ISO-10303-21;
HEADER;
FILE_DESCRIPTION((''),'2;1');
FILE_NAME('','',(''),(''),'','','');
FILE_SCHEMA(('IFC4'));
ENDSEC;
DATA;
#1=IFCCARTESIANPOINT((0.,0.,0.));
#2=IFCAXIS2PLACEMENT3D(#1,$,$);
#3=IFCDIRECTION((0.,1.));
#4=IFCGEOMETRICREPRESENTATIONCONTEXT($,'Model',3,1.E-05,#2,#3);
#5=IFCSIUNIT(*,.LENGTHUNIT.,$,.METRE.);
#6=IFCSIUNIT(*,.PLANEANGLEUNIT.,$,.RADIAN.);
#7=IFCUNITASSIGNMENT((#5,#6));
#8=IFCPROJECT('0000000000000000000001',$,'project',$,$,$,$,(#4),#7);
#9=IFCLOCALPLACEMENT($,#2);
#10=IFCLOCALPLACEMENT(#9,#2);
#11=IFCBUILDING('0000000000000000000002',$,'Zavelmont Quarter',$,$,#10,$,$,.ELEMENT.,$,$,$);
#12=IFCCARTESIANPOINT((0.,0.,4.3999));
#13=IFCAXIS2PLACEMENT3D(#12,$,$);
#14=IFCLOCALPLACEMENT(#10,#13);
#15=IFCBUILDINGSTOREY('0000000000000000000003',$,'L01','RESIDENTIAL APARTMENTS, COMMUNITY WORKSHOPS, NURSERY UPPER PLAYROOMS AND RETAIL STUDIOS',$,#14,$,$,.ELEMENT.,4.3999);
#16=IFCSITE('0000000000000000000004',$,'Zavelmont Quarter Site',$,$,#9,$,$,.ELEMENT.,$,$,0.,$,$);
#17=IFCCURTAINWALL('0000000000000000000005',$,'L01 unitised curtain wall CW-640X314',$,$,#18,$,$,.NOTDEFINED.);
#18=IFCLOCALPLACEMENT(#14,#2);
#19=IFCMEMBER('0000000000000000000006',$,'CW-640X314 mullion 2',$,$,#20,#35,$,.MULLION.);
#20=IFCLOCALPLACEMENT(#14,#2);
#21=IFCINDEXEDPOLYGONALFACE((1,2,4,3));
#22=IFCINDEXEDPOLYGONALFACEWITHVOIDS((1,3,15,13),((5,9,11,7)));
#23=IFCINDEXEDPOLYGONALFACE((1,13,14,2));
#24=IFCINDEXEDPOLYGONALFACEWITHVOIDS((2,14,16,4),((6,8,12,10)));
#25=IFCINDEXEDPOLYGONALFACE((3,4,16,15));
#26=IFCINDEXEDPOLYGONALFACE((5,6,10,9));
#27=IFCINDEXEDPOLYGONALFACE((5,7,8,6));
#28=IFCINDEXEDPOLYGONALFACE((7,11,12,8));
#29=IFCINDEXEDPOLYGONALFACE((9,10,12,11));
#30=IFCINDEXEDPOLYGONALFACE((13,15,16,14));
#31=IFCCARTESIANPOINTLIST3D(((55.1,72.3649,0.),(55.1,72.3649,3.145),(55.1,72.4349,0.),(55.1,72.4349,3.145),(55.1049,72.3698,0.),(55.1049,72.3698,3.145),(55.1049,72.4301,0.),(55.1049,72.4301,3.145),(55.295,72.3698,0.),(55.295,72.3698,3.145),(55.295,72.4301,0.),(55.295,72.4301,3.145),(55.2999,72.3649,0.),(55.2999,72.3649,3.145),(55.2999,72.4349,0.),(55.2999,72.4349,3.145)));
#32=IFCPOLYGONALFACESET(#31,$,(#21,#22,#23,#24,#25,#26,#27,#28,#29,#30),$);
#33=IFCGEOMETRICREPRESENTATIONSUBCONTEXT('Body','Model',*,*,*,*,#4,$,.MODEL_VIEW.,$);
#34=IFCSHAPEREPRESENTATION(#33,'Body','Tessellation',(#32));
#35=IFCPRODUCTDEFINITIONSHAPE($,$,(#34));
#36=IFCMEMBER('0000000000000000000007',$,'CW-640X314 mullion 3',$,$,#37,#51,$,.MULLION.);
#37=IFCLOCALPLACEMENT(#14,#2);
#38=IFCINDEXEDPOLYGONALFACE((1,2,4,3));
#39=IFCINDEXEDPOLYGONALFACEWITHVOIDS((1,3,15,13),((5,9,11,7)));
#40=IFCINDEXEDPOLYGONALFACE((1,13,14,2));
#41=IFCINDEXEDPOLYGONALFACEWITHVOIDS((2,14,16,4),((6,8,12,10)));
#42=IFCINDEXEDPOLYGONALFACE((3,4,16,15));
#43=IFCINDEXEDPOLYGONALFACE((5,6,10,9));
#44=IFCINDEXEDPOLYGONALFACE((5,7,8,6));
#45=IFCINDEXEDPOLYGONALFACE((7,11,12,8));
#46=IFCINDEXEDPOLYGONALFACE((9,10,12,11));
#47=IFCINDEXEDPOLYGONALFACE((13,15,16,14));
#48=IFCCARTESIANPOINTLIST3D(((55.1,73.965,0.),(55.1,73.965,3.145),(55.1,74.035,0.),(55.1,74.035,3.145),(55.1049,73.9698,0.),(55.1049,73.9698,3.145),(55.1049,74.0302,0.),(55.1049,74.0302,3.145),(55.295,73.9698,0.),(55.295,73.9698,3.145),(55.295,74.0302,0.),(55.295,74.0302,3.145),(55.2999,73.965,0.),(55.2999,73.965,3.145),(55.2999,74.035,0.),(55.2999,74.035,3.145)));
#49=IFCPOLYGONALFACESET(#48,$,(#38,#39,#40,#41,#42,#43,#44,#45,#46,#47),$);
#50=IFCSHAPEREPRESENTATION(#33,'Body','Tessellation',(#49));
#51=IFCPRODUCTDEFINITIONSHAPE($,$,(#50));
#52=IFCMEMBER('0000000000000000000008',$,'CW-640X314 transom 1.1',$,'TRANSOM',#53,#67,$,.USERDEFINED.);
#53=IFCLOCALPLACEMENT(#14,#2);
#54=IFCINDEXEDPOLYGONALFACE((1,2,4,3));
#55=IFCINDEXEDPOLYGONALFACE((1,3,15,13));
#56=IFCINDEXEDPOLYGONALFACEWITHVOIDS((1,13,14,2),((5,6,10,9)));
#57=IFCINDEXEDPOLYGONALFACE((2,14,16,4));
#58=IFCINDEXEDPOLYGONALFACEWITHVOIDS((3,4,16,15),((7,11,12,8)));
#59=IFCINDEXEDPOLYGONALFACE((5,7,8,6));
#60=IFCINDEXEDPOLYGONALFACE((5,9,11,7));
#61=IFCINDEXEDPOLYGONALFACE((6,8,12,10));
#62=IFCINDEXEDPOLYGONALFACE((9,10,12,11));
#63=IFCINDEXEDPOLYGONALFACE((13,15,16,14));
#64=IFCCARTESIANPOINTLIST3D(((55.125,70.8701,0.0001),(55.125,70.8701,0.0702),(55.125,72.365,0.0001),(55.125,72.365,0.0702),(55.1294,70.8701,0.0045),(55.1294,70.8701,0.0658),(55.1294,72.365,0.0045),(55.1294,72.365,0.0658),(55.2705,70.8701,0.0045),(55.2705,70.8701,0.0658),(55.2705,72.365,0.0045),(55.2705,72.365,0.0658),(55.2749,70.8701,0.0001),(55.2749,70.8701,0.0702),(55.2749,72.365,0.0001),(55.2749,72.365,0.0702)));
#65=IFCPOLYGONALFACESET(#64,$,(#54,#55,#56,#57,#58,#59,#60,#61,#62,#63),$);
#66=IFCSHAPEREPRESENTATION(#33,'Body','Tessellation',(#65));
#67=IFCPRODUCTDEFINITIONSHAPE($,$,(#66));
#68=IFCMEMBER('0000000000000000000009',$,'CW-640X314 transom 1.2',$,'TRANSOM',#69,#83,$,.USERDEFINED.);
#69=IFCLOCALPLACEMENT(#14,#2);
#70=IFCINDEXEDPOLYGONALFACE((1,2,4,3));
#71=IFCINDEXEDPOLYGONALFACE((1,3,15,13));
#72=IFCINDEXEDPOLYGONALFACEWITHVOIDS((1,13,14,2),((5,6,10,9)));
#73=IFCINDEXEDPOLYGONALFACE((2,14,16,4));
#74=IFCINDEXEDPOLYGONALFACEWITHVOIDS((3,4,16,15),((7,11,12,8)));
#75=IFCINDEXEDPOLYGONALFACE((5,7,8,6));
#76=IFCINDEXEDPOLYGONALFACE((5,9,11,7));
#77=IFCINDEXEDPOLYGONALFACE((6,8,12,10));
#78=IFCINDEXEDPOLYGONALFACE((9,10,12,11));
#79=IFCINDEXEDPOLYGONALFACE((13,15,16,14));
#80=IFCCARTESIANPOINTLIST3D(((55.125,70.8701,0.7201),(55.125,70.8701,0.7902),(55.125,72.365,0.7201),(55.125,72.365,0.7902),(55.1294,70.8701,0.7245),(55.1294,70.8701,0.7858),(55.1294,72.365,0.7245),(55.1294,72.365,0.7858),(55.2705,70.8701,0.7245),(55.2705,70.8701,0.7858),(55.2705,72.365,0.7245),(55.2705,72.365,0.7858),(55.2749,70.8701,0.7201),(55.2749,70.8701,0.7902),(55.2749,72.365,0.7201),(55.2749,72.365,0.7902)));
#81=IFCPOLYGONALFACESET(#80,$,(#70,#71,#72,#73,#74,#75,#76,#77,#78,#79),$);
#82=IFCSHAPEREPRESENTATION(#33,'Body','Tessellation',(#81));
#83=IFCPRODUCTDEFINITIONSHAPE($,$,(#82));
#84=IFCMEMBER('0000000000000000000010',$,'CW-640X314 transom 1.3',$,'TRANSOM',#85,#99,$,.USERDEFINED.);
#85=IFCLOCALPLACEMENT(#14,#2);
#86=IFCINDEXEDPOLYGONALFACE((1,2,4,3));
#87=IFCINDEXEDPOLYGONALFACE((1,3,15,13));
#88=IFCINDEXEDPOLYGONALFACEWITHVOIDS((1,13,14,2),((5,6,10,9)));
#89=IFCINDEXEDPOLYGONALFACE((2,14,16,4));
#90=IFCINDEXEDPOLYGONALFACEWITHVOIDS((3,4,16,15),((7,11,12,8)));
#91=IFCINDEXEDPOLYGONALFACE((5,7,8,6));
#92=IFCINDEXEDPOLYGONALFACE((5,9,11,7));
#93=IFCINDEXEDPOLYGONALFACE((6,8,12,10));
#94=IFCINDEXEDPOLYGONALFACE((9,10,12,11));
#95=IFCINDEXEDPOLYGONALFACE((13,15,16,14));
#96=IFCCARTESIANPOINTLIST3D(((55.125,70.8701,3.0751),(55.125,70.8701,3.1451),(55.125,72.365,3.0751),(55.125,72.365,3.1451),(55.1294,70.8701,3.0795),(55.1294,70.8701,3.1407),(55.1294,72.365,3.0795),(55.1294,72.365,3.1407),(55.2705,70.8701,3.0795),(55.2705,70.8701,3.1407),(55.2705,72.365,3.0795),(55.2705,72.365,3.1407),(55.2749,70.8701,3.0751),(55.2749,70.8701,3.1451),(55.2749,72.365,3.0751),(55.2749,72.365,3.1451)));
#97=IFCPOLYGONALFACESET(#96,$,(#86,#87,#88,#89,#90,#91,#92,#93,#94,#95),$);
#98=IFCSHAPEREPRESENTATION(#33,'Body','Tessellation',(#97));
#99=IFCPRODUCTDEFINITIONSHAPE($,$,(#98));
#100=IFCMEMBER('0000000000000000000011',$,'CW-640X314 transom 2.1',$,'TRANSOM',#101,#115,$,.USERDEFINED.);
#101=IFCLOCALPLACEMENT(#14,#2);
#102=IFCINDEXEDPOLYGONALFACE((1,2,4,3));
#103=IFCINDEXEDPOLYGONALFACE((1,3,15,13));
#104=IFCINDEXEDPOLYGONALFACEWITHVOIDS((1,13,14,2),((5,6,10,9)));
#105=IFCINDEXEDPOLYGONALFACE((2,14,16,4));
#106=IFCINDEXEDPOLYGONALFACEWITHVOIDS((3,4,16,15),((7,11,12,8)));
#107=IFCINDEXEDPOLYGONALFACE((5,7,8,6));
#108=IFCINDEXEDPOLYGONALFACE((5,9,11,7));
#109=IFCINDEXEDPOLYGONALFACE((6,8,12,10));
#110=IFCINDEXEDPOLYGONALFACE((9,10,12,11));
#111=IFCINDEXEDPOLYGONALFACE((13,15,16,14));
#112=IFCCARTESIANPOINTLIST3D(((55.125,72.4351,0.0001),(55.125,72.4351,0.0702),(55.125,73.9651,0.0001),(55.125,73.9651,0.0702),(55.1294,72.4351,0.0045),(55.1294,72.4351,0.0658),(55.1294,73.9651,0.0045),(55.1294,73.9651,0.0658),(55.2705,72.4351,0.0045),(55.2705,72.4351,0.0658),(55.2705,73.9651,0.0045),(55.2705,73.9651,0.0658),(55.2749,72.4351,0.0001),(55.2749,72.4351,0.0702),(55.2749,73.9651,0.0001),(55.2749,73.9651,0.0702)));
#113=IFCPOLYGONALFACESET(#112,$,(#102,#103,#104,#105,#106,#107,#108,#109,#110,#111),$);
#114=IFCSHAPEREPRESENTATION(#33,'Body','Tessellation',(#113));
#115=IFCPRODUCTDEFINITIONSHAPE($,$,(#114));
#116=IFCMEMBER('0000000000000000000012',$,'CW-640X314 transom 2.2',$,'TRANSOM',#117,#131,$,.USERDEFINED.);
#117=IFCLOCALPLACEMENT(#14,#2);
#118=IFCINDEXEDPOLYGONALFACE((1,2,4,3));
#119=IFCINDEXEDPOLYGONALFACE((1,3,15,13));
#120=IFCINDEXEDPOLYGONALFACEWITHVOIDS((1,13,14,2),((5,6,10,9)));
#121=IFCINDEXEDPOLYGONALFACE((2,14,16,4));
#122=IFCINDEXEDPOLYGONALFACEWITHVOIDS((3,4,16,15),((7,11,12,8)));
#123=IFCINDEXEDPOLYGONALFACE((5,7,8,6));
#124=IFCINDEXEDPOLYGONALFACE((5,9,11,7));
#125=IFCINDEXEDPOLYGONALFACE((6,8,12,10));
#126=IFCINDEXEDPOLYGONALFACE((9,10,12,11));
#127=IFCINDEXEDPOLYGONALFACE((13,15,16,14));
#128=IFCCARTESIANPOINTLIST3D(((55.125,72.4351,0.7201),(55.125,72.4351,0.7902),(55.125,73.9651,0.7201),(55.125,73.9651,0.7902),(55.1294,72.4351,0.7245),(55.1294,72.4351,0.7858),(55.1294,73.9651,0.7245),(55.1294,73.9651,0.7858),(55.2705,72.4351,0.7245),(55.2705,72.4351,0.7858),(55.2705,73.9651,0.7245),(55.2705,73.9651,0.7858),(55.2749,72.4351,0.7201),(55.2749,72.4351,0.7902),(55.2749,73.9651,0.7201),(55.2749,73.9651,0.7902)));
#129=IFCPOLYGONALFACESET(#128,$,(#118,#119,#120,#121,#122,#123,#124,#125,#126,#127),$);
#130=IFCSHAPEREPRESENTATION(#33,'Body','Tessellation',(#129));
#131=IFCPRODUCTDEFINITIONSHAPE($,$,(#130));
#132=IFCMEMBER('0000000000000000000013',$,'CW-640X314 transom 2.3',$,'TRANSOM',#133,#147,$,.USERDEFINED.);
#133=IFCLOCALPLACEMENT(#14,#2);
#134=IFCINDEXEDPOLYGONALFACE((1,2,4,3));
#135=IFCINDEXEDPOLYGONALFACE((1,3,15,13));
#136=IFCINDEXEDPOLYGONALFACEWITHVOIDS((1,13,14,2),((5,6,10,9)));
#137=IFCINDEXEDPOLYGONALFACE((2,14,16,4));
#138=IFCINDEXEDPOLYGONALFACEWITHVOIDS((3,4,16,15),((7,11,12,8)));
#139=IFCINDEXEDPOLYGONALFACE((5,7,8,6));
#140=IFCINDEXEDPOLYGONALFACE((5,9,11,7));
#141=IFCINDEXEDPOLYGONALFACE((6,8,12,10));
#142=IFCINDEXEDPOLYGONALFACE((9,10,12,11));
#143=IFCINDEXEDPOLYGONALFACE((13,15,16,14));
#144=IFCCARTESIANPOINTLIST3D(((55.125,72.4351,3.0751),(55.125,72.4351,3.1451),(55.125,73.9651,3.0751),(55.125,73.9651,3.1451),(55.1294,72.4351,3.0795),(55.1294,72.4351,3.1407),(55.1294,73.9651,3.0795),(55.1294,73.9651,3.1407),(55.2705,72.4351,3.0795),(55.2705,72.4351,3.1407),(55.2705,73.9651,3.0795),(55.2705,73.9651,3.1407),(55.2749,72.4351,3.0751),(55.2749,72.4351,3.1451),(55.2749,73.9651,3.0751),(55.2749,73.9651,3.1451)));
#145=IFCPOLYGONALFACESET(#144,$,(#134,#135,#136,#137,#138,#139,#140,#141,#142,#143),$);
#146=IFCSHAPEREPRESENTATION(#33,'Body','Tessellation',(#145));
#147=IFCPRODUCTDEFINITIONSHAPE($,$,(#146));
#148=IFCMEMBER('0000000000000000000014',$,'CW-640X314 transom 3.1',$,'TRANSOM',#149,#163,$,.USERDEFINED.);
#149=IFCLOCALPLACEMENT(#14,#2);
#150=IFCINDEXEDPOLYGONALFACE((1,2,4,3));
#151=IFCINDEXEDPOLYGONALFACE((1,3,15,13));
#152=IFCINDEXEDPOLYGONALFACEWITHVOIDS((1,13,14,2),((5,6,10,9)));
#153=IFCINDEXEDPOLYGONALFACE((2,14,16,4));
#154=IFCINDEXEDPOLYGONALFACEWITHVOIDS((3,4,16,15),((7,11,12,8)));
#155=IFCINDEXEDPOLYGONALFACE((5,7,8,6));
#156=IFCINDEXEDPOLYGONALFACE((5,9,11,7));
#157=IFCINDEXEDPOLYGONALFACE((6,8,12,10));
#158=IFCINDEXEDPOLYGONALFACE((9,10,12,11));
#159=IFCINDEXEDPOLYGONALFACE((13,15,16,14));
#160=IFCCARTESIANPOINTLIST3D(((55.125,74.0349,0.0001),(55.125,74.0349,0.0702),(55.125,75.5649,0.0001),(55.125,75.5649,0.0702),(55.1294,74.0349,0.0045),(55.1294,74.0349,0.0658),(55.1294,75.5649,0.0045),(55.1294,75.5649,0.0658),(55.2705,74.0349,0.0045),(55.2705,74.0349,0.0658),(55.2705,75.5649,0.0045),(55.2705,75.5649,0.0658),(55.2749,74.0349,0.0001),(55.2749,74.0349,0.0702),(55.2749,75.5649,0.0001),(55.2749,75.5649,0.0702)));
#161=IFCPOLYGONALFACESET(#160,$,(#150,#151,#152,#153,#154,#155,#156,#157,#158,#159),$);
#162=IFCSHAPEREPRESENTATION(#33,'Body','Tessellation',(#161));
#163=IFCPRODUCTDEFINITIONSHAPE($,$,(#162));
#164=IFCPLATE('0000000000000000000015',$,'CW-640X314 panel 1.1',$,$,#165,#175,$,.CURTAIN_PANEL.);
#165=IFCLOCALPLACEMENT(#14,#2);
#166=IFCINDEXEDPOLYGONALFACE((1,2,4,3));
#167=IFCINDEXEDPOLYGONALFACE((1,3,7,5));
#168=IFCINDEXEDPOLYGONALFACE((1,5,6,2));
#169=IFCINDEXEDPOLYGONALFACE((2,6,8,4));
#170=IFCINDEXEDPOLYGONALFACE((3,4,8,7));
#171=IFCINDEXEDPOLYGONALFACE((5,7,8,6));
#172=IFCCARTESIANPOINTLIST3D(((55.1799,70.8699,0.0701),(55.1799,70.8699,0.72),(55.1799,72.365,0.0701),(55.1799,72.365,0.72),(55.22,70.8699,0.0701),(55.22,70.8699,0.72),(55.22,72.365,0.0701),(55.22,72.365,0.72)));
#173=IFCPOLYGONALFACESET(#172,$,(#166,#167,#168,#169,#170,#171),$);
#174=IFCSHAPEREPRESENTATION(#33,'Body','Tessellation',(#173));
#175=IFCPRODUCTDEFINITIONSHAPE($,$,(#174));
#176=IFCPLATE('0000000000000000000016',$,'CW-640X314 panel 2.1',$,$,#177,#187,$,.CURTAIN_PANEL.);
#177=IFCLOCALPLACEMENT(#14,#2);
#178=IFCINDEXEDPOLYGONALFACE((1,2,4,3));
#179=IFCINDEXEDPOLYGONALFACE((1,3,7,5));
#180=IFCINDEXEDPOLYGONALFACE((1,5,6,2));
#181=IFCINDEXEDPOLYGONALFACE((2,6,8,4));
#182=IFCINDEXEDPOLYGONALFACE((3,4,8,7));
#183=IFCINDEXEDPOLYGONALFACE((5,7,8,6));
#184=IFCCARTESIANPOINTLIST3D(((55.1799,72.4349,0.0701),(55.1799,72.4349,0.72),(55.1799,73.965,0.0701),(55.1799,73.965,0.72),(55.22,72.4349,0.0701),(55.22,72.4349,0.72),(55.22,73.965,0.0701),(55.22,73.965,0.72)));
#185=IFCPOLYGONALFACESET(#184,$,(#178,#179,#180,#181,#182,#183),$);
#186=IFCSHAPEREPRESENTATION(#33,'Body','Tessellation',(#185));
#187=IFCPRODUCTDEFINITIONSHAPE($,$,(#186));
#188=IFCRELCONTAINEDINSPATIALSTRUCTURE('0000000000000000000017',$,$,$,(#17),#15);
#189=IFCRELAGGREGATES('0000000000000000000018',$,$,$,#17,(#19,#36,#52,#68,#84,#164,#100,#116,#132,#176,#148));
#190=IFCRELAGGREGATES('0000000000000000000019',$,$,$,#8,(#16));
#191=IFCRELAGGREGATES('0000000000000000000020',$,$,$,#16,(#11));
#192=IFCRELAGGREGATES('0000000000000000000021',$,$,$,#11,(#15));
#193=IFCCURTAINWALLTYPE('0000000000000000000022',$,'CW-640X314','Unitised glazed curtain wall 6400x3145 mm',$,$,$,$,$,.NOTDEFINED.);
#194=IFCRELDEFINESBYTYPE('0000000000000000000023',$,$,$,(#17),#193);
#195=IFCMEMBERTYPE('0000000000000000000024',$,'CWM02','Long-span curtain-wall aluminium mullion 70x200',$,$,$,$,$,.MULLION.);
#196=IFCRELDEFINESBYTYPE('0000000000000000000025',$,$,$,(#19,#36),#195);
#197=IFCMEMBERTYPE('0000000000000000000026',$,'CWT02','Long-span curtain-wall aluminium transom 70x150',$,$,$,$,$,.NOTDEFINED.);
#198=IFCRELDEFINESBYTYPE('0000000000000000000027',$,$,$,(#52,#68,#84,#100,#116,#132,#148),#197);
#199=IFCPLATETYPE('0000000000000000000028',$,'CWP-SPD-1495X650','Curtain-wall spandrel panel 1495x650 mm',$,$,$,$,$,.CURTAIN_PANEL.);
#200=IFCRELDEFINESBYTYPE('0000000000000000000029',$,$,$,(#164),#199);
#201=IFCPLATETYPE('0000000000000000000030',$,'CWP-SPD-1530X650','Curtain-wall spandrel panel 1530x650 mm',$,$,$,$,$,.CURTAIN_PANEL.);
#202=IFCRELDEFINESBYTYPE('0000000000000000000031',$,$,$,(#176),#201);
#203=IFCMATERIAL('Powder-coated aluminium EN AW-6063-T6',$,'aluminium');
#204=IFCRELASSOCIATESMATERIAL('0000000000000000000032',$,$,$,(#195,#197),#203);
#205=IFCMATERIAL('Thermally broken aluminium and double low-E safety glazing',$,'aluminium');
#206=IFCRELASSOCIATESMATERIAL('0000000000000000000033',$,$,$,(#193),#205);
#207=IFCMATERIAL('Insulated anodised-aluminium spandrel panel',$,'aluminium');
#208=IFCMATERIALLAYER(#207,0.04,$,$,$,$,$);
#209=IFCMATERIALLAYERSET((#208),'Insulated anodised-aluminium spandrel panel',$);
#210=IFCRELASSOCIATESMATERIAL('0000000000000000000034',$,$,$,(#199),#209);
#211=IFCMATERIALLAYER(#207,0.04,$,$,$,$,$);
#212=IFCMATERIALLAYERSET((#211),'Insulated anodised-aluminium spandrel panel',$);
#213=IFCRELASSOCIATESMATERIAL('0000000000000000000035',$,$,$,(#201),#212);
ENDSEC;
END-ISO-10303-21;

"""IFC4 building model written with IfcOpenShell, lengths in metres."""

from ifc_helpers import new_model, si_unit, direction, frame, origin, origin_2d, place, context, subcontext, project, spatial, rectangle, hollow_rectangle, extrude, material, layer, layer_set, material_profile, profile_set, type_object, element, aggregate, save


model = new_model("IFC4")

# Units and contexts
model_context = context("Model", 3, precision=1e-05, world=origin(), true_north=direction((0.0, 1.0)))
body_context = subcontext(model_context, "Body", "Model", "MODEL_VIEW")
ifc_project = project(units=[si_unit("LENGTHUNIT", "METRE"), si_unit("PLANEANGLEUNIT", "RADIAN")], contexts=[model_context])

# Site, building, storey
site_placement = place(None, origin())
site = spatial("IfcSite", under=ifc_project, at=site_placement, Name="Zavelmont Quarter Site", CompositionType="ELEMENT", RefElevation=0.0)
building_placement = place(site_placement, origin())
building = spatial("IfcBuilding", under=site, at=building_placement, Name="Zavelmont Quarter", CompositionType="ELEMENT")
storey_placement = place(building_placement, frame((0.0, 0.0, 4.3999)))
storey = spatial("IfcBuildingStorey", under=building, at=storey_placement, Name="L01", Description="RESIDENTIAL APARTMENTS, COMMUNITY WORKSHOPS, NURSERY UPPER PLAYROOMS AND RETAIL STUDIOS", CompositionType="ELEMENT", Elevation=4.3999)

# Shared definitions
ifc_material_1 = material(Name="Thermally broken aluminium and double low-E safety glazing", Category="aluminium")
ifc_material_2 = material(Name="Powder-coated aluminium EN AW-6063-T6", Category="aluminium")
ifc_material_profile_1 = material_profile(ifc_material_2, hollow_rectangle(XDim=0.0701, YDim=0.2, WallThickness=0.0049, at=origin_2d()), Name="CWM70X200")
ifc_profile_set_1 = profile_set([ifc_material_profile_1], Name="Powder-coated aluminium EN AW-6063-T6")
member_type_1 = type_object("IfcMemberType", Name="CWM02", Description="Long-span curtain-wall aluminium mullion 70x200", PredefinedType="MULLION", material=ifc_profile_set_1)

# Curtain wall, members, plates
curtain_wall_type_1 = type_object("IfcCurtainWallType", Name="CW-640X314", Description="Unitised glazed curtain wall 6400x3145 mm", PredefinedType="NOTDEFINED", material=ifc_material_1)
curtain_wall_1_placement = place(storey_placement, origin())
curtain_wall_1 = element("IfcCurtainWall", 1, at=curtain_wall_1_placement, inside=storey, type_object=curtain_wall_type_1, Name="L01 unitised curtain wall CW-640X314", PredefinedType="NOTDEFINED")
member_1_placement = place(storey_placement, frame((55.2, 72.3999, 0.0), z_axis=(0.0, 0.0, 1.0), x_axis=(0.0, 1.0, 0.0)))
member_1 = element("IfcMember", 2, at=member_1_placement, type_object=member_type_1, Name="CW-640X314 mullion 2", PredefinedType="MULLION", context=body_context, shape_type="SweptSolid", body=[
    extrude(hollow_rectangle(XDim=0.0701, YDim=0.2, WallThickness=0.0049, at=origin_2d()), origin(), (0.0, 0.0, 1.0), 3.145),
])
member_2_placement = place(storey_placement, frame((55.2, 74.0, 0.0), z_axis=(0.0, 0.0, 1.0), x_axis=(0.0, 1.0, 0.0)))
member_2 = element("IfcMember", 3, at=member_2_placement, type_object=member_type_1, Name="CW-640X314 mullion 3", PredefinedType="MULLION", context=body_context, shape_type="SweptSolid", body=[
    extrude(hollow_rectangle(XDim=0.0701, YDim=0.2, WallThickness=0.0049, at=origin_2d()), origin(), (0.0, 0.0, 1.0), 3.145),
])
ifc_material_profile_2 = material_profile(ifc_material_2, hollow_rectangle(XDim=0.1499, YDim=0.0701, WallThickness=0.0044, at=origin_2d()), Name="CWT70X150")
ifc_profile_set_2 = profile_set([ifc_material_profile_2], Name="Powder-coated aluminium EN AW-6063-T6")
member_type_2 = type_object("IfcMemberType", Name="CWT02", Description="Long-span curtain-wall aluminium transom 70x150", PredefinedType="NOTDEFINED", material=ifc_profile_set_2)
member_3_placement = place(storey_placement, frame((55.2, 70.8701, 0.0352), z_axis=(0.0, 1.0, 0.0), x_axis=(-1.0, 0.0, 0.0)))
member_3 = element("IfcMember", 4, at=member_3_placement, type_object=member_type_2, Name="CW-640X314 transom 1.1", ObjectType="TRANSOM", PredefinedType="USERDEFINED", context=body_context, shape_type="SweptSolid", body=[
    extrude(hollow_rectangle(XDim=0.1499, YDim=0.0701, WallThickness=0.0044, at=origin_2d()), origin(), (0.0, 0.0, 1.0), 1.4949),
])
member_4_placement = place(storey_placement, frame((55.2, 70.8701, 0.7551), z_axis=(0.0, 1.0, 0.0), x_axis=(-1.0, 0.0, 0.0)))
member_4 = element("IfcMember", 5, at=member_4_placement, type_object=member_type_2, Name="CW-640X314 transom 1.2", ObjectType="TRANSOM", PredefinedType="USERDEFINED", context=body_context, shape_type="SweptSolid", body=[
    extrude(hollow_rectangle(XDim=0.1499, YDim=0.0701, WallThickness=0.0044, at=origin_2d()), origin(), (0.0, 0.0, 1.0), 1.4949),
])
member_5_placement = place(storey_placement, frame((55.2, 70.8701, 3.1101), z_axis=(0.0, 1.0, 0.0), x_axis=(-1.0, 0.0, 0.0)))
member_5 = element("IfcMember", 6, at=member_5_placement, type_object=member_type_2, Name="CW-640X314 transom 1.3", ObjectType="TRANSOM", PredefinedType="USERDEFINED", context=body_context, shape_type="SweptSolid", body=[
    extrude(hollow_rectangle(XDim=0.1499, YDim=0.0701, WallThickness=0.0044, at=origin_2d()), origin(), (0.0, 0.0, 1.0), 1.4949),
])
member_6_placement = place(storey_placement, frame((55.2, 72.4351, 0.0352), z_axis=(0.0, 1.0, 0.0), x_axis=(-1.0, 0.0, 0.0)))
member_6 = element("IfcMember", 7, at=member_6_placement, type_object=member_type_2, Name="CW-640X314 transom 2.1", ObjectType="TRANSOM", PredefinedType="USERDEFINED", context=body_context, shape_type="SweptSolid", body=[
    extrude(hollow_rectangle(XDim=0.1499, YDim=0.0701, WallThickness=0.0044, at=origin_2d()), origin(), (0.0, 0.0, 1.0), 1.53),
])
member_7_placement = place(storey_placement, frame((55.2, 72.4351, 0.7551), z_axis=(0.0, 1.0, 0.0), x_axis=(-1.0, 0.0, 0.0)))
member_7 = element("IfcMember", 8, at=member_7_placement, type_object=member_type_2, Name="CW-640X314 transom 2.2", ObjectType="TRANSOM", PredefinedType="USERDEFINED", context=body_context, shape_type="SweptSolid", body=[
    extrude(hollow_rectangle(XDim=0.1499, YDim=0.0701, WallThickness=0.0044, at=origin_2d()), origin(), (0.0, 0.0, 1.0), 1.53),
])
member_8_placement = place(storey_placement, frame((55.2, 72.4351, 3.1101), z_axis=(0.0, 1.0, 0.0), x_axis=(-1.0, 0.0, 0.0)))
member_8 = element("IfcMember", 9, at=member_8_placement, type_object=member_type_2, Name="CW-640X314 transom 2.3", ObjectType="TRANSOM", PredefinedType="USERDEFINED", context=body_context, shape_type="SweptSolid", body=[
    extrude(hollow_rectangle(XDim=0.1499, YDim=0.0701, WallThickness=0.0044, at=origin_2d()), origin(), (0.0, 0.0, 1.0), 1.53),
])
member_9_placement = place(storey_placement, frame((55.2, 74.0349, 0.0352), z_axis=(0.0, 1.0, 0.0), x_axis=(-1.0, 0.0, 0.0)))
member_9 = element("IfcMember", 10, at=member_9_placement, type_object=member_type_2, Name="CW-640X314 transom 3.1", ObjectType="TRANSOM", PredefinedType="USERDEFINED", context=body_context, shape_type="SweptSolid", body=[
    extrude(hollow_rectangle(XDim=0.1499, YDim=0.0701, WallThickness=0.0044, at=origin_2d()), origin(), (0.0, 0.0, 1.0), 1.53),
])
ifc_material_3 = material(Name="Insulated anodised-aluminium spandrel panel", Category="aluminium")
ifc_layer_1 = layer(ifc_material_3, 0.04)
ifc_layer_set_1 = layer_set([ifc_layer_1], Name="Insulated anodised-aluminium spandrel panel")
plate_type_1 = type_object("IfcPlateType", Name="CWP-SPD-1495X650", Description="Curtain-wall spandrel panel 1495x650 mm", PredefinedType="CURTAIN_PANEL", material=ifc_layer_set_1)
plate_1_placement = place(storey_placement, frame((55.2, 71.6174, 0.0701), z_axis=(0.0, 0.0, 1.0), x_axis=(0.0, 1.0, 0.0)))
plate_1 = element("IfcPlate", 11, at=plate_1_placement, type_object=plate_type_1, Name="CW-640X314 panel 1.1", PredefinedType="CURTAIN_PANEL", context=body_context, shape_type="SweptSolid", body=[
    extrude(rectangle(XDim=1.4951, YDim=0.04, at=origin_2d()), origin(), (0.0, 0.0, 1.0), 0.6499),
])
ifc_layer_2 = layer(ifc_material_3, 0.04)
ifc_layer_set_2 = layer_set([ifc_layer_2], Name="Insulated anodised-aluminium spandrel panel")
plate_type_2 = type_object("IfcPlateType", Name="CWP-SPD-1530X650", Description="Curtain-wall spandrel panel 1530x650 mm", PredefinedType="CURTAIN_PANEL", material=ifc_layer_set_2)
plate_2_placement = place(storey_placement, frame((55.2, 73.2, 0.0701), z_axis=(0.0, 0.0, 1.0), x_axis=(0.0, 1.0, 0.0)))
plate_2 = element("IfcPlate", 12, at=plate_2_placement, type_object=plate_type_2, Name="CW-640X314 panel 2.1", PredefinedType="CURTAIN_PANEL", context=body_context, shape_type="SweptSolid", body=[
    extrude(rectangle(XDim=1.53, YDim=0.04, at=origin_2d()), origin(), (0.0, 0.0, 1.0), 0.6499),
])
aggregate(curtain_wall_1, [member_1, member_2, member_3, member_4, member_5, plate_1, member_6, member_7, member_8, plate_2, member_9])

save(model, "model.ifc")
